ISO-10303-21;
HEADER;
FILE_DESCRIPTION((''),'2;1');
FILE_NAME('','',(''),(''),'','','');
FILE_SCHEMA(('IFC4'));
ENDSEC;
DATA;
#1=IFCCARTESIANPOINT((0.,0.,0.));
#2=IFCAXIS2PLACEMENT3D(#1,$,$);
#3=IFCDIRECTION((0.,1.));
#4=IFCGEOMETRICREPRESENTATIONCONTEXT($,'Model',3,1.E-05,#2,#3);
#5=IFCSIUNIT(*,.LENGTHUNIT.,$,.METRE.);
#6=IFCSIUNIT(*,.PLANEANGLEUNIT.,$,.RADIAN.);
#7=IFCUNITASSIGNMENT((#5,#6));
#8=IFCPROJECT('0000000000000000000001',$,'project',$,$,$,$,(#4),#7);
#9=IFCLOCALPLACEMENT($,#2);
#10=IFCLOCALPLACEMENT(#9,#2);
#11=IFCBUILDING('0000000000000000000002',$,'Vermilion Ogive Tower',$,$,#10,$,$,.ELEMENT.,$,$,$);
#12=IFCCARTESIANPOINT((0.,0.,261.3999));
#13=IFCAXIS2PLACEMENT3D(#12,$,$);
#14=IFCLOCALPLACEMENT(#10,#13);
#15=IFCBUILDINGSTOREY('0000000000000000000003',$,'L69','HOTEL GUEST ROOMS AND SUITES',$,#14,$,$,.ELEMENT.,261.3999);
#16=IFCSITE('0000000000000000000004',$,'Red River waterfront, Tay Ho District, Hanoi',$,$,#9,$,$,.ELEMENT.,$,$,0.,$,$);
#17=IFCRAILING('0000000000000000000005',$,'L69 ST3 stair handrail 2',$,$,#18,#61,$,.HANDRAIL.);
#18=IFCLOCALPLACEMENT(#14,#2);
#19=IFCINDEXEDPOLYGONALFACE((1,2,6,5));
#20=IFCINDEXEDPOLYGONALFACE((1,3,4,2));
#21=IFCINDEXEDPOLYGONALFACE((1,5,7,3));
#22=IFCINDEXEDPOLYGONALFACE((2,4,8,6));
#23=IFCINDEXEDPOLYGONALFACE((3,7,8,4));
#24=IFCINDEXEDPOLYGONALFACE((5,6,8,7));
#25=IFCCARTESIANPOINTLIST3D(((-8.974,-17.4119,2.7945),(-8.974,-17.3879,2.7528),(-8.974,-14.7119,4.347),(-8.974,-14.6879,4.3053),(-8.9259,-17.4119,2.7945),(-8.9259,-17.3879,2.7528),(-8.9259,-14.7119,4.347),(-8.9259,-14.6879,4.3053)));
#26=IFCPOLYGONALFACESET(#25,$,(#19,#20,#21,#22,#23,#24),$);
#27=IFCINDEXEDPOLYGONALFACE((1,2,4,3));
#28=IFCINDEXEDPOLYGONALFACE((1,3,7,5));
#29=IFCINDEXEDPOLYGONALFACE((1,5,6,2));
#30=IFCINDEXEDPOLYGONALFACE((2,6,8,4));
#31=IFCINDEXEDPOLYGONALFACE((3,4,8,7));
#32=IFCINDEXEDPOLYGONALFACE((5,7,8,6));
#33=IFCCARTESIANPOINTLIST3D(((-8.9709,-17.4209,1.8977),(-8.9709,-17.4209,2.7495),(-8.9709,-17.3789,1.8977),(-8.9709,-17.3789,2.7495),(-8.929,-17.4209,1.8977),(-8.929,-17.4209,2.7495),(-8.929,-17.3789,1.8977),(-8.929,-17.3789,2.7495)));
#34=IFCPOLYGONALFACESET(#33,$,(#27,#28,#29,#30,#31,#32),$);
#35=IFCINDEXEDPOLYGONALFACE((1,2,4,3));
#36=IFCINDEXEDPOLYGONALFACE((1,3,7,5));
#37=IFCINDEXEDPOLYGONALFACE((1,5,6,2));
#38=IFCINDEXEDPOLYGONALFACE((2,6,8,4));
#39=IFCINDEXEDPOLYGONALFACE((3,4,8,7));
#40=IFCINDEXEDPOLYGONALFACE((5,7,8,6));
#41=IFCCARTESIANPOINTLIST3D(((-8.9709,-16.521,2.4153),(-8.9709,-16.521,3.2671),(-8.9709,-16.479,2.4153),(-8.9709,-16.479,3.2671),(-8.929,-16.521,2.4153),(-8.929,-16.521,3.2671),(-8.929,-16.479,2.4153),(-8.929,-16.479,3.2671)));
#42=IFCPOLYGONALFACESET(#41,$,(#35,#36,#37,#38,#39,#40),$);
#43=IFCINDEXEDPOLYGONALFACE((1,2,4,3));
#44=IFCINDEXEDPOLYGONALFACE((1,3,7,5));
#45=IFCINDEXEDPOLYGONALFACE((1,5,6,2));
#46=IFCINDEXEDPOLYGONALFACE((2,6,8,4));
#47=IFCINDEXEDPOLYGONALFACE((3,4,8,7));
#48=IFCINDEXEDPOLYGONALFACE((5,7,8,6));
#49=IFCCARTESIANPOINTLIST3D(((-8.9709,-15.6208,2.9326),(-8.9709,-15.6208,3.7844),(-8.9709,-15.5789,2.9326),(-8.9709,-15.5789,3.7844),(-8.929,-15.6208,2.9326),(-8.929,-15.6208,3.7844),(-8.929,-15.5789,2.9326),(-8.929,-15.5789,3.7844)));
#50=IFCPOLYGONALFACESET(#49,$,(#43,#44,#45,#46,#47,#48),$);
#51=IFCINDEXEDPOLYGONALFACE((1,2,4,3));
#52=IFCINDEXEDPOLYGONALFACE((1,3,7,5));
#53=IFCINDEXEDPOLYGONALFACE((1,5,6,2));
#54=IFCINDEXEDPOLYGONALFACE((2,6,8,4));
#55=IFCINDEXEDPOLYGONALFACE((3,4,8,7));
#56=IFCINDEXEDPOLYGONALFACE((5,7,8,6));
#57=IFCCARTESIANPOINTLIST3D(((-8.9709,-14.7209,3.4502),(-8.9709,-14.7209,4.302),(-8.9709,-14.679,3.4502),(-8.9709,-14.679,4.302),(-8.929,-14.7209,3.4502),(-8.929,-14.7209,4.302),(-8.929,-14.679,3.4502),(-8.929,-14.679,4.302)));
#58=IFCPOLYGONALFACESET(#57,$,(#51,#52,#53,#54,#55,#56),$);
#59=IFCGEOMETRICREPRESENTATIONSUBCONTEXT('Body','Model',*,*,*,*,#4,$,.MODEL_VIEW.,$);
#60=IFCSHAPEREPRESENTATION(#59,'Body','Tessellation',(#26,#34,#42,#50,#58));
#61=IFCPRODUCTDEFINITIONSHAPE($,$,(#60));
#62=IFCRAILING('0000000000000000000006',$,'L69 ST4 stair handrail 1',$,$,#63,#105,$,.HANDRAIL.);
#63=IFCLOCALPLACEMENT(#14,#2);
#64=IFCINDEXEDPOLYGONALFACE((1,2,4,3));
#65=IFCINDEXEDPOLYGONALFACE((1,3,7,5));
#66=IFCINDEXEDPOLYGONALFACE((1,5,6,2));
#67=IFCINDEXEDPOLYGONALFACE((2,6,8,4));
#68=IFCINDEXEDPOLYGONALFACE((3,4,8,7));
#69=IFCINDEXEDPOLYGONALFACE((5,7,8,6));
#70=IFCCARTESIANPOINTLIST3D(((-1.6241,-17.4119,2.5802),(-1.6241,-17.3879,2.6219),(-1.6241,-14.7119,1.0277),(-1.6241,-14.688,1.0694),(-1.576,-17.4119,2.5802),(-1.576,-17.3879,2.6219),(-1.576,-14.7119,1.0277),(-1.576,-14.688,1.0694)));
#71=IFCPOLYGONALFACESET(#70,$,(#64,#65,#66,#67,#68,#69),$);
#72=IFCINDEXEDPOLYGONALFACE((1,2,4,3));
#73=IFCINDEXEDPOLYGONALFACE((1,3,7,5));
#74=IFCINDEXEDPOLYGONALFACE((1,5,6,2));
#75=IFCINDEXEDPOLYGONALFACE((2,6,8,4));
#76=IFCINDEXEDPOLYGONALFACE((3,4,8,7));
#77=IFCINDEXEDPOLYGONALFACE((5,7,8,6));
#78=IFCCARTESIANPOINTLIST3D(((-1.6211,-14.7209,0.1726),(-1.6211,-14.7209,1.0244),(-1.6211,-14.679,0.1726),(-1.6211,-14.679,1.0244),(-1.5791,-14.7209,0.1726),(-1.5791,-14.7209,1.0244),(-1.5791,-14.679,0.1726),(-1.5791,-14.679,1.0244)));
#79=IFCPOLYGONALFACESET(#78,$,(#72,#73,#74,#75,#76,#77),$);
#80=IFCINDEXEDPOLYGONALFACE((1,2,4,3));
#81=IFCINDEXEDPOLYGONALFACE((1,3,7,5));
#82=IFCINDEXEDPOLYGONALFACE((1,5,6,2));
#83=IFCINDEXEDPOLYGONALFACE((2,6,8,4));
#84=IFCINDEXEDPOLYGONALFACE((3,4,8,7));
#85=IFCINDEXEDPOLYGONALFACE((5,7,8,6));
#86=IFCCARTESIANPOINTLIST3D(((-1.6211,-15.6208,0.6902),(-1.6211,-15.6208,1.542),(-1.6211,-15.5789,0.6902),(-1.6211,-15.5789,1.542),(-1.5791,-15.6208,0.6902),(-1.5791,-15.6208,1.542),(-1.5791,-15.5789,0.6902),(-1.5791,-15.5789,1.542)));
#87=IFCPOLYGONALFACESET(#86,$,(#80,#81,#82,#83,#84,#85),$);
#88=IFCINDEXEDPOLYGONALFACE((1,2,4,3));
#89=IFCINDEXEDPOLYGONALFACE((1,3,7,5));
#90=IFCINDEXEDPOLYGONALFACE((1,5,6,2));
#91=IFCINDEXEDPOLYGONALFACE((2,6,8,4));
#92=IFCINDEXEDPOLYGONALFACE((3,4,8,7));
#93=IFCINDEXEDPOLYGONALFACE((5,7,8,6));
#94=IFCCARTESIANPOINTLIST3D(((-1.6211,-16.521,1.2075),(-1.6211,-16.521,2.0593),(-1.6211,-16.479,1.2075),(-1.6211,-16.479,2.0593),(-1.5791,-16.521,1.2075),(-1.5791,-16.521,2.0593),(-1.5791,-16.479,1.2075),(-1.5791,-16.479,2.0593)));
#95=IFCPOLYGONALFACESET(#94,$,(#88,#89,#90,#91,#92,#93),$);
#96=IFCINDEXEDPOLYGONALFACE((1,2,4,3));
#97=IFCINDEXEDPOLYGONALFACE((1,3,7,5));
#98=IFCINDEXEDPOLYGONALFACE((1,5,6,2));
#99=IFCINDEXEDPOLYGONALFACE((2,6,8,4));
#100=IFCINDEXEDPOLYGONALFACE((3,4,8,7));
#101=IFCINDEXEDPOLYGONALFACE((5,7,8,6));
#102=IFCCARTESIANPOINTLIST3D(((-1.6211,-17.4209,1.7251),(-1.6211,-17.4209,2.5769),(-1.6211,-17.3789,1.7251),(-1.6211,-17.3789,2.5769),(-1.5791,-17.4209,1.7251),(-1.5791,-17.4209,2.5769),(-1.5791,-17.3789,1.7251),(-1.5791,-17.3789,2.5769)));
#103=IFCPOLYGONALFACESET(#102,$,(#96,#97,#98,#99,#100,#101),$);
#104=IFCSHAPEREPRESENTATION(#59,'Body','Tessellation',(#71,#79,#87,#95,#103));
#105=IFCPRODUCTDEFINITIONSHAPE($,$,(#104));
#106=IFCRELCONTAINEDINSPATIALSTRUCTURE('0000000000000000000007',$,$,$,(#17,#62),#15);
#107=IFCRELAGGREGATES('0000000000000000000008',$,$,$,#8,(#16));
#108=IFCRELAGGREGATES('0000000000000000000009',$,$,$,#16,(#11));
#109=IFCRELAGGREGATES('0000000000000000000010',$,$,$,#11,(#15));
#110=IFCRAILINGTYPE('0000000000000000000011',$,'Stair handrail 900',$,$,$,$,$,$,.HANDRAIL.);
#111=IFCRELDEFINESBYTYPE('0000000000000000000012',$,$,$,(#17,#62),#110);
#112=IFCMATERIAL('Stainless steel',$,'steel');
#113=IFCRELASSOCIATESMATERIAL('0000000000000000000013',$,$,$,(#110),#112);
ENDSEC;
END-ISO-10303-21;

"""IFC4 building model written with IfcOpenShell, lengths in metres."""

from ifc_helpers import new_model, si_unit, direction, frame, origin, origin_2d, place, context, subcontext, project, spatial, rectangle, extrude, material, type_object, element, save


model = new_model("IFC4")

# Units and contexts
model_context = context("Model", 3, precision=1e-05, world=origin(), true_north=direction((0.0, 1.0)))
body_context = subcontext(model_context, "Body", "Model", "MODEL_VIEW")
ifc_project = project(units=[si_unit("LENGTHUNIT", "METRE"), si_unit("PLANEANGLEUNIT", "RADIAN")], contexts=[model_context])

# Site, building, storey
site_placement = place(None, origin())
site = spatial("IfcSite", under=ifc_project, at=site_placement, Name="Red River waterfront, Tay Ho District, Hanoi", CompositionType="ELEMENT", RefElevation=0.0)
building_placement = place(site_placement, origin())
building = spatial("IfcBuilding", under=site, at=building_placement, Name="Vermilion Ogive Tower", CompositionType="ELEMENT")
storey_placement = place(building_placement, frame((0.0, 0.0, 261.3999)))
storey = spatial("IfcBuildingStorey", under=building, at=storey_placement, Name="L69", Description="HOTEL GUEST ROOMS AND SUITES", CompositionType="ELEMENT", Elevation=261.3999)

# Railings
ifc_material_1 = material(Name="Stainless steel", Category="steel")
railing_type_1 = type_object("IfcRailingType", Name="Stair handrail 900", PredefinedType="HANDRAIL", material=ifc_material_1)
railing_1_placement = place(storey_placement, frame((-8.95, -17.3999, 1.8977)))
element("IfcRailing", 1, at=railing_1_placement, inside=storey, type_object=railing_type_1, Name="L69 ST3 stair handrail 2", PredefinedType="HANDRAIL", context=body_context, shape_type="SweptSolid", body=[
    extrude(rectangle(XDim=0.0481, YDim=0.0481, at=origin_2d()), frame((0.0, 0.0, 0.876), z_axis=(0.0, 0.866904, 0.498476), x_axis=(-1.0, 0.0, 0.0)), (0.0, 0.0, 1.0), 3.1145),
    extrude(rectangle(XDim=0.042, YDim=0.042, at=origin_2d()), origin(), (0.0, 0.0, 1.0), 0.8518),
    extrude(rectangle(XDim=0.042, YDim=0.042, at=origin_2d()), frame((0.0, 0.8999, 0.5176)), (0.0, 0.0, 1.0), 0.8518),
    extrude(rectangle(XDim=0.042, YDim=0.042, at=origin_2d()), frame((0.0, 1.8, 1.0349)), (0.0, 0.0, 1.0), 0.8518),
    extrude(rectangle(XDim=0.042, YDim=0.042, at=origin_2d()), frame((0.0, 2.7, 1.5525)), (0.0, 0.0, 1.0), 0.8518),
])
railing_2_placement = place(storey_placement, frame((-1.6001, -14.7, 0.1726)))
element("IfcRailing", 2, at=railing_2_placement, inside=storey, type_object=railing_type_1, Name="L69 ST4 stair handrail 1", PredefinedType="HANDRAIL", context=body_context, shape_type="SweptSolid", body=[
    extrude(rectangle(XDim=0.0481, YDim=0.0481, at=origin_2d()), frame((0.0, 0.0, 0.876), z_axis=(0.0, -0.866904, 0.498476), x_axis=(1.0, 0.0, 0.0)), (0.0, 0.0, 1.0), 3.1145),
    extrude(rectangle(XDim=0.042, YDim=0.042, at=origin_2d()), origin(), (0.0, 0.0, 1.0), 0.8518),
    extrude(rectangle(XDim=0.042, YDim=0.042, at=origin_2d()), frame((0.0, -0.8999, 0.5176)), (0.0, 0.0, 1.0), 0.8518),
    extrude(rectangle(XDim=0.042, YDim=0.042, at=origin_2d()), frame((0.0, -1.8, 1.0349)), (0.0, 0.0, 1.0), 0.8518),
    extrude(rectangle(XDim=0.042, YDim=0.042, at=origin_2d()), frame((0.0, -2.7, 1.5525)), (0.0, 0.0, 1.0), 0.8518),
])

save(model, "model.ifc")
